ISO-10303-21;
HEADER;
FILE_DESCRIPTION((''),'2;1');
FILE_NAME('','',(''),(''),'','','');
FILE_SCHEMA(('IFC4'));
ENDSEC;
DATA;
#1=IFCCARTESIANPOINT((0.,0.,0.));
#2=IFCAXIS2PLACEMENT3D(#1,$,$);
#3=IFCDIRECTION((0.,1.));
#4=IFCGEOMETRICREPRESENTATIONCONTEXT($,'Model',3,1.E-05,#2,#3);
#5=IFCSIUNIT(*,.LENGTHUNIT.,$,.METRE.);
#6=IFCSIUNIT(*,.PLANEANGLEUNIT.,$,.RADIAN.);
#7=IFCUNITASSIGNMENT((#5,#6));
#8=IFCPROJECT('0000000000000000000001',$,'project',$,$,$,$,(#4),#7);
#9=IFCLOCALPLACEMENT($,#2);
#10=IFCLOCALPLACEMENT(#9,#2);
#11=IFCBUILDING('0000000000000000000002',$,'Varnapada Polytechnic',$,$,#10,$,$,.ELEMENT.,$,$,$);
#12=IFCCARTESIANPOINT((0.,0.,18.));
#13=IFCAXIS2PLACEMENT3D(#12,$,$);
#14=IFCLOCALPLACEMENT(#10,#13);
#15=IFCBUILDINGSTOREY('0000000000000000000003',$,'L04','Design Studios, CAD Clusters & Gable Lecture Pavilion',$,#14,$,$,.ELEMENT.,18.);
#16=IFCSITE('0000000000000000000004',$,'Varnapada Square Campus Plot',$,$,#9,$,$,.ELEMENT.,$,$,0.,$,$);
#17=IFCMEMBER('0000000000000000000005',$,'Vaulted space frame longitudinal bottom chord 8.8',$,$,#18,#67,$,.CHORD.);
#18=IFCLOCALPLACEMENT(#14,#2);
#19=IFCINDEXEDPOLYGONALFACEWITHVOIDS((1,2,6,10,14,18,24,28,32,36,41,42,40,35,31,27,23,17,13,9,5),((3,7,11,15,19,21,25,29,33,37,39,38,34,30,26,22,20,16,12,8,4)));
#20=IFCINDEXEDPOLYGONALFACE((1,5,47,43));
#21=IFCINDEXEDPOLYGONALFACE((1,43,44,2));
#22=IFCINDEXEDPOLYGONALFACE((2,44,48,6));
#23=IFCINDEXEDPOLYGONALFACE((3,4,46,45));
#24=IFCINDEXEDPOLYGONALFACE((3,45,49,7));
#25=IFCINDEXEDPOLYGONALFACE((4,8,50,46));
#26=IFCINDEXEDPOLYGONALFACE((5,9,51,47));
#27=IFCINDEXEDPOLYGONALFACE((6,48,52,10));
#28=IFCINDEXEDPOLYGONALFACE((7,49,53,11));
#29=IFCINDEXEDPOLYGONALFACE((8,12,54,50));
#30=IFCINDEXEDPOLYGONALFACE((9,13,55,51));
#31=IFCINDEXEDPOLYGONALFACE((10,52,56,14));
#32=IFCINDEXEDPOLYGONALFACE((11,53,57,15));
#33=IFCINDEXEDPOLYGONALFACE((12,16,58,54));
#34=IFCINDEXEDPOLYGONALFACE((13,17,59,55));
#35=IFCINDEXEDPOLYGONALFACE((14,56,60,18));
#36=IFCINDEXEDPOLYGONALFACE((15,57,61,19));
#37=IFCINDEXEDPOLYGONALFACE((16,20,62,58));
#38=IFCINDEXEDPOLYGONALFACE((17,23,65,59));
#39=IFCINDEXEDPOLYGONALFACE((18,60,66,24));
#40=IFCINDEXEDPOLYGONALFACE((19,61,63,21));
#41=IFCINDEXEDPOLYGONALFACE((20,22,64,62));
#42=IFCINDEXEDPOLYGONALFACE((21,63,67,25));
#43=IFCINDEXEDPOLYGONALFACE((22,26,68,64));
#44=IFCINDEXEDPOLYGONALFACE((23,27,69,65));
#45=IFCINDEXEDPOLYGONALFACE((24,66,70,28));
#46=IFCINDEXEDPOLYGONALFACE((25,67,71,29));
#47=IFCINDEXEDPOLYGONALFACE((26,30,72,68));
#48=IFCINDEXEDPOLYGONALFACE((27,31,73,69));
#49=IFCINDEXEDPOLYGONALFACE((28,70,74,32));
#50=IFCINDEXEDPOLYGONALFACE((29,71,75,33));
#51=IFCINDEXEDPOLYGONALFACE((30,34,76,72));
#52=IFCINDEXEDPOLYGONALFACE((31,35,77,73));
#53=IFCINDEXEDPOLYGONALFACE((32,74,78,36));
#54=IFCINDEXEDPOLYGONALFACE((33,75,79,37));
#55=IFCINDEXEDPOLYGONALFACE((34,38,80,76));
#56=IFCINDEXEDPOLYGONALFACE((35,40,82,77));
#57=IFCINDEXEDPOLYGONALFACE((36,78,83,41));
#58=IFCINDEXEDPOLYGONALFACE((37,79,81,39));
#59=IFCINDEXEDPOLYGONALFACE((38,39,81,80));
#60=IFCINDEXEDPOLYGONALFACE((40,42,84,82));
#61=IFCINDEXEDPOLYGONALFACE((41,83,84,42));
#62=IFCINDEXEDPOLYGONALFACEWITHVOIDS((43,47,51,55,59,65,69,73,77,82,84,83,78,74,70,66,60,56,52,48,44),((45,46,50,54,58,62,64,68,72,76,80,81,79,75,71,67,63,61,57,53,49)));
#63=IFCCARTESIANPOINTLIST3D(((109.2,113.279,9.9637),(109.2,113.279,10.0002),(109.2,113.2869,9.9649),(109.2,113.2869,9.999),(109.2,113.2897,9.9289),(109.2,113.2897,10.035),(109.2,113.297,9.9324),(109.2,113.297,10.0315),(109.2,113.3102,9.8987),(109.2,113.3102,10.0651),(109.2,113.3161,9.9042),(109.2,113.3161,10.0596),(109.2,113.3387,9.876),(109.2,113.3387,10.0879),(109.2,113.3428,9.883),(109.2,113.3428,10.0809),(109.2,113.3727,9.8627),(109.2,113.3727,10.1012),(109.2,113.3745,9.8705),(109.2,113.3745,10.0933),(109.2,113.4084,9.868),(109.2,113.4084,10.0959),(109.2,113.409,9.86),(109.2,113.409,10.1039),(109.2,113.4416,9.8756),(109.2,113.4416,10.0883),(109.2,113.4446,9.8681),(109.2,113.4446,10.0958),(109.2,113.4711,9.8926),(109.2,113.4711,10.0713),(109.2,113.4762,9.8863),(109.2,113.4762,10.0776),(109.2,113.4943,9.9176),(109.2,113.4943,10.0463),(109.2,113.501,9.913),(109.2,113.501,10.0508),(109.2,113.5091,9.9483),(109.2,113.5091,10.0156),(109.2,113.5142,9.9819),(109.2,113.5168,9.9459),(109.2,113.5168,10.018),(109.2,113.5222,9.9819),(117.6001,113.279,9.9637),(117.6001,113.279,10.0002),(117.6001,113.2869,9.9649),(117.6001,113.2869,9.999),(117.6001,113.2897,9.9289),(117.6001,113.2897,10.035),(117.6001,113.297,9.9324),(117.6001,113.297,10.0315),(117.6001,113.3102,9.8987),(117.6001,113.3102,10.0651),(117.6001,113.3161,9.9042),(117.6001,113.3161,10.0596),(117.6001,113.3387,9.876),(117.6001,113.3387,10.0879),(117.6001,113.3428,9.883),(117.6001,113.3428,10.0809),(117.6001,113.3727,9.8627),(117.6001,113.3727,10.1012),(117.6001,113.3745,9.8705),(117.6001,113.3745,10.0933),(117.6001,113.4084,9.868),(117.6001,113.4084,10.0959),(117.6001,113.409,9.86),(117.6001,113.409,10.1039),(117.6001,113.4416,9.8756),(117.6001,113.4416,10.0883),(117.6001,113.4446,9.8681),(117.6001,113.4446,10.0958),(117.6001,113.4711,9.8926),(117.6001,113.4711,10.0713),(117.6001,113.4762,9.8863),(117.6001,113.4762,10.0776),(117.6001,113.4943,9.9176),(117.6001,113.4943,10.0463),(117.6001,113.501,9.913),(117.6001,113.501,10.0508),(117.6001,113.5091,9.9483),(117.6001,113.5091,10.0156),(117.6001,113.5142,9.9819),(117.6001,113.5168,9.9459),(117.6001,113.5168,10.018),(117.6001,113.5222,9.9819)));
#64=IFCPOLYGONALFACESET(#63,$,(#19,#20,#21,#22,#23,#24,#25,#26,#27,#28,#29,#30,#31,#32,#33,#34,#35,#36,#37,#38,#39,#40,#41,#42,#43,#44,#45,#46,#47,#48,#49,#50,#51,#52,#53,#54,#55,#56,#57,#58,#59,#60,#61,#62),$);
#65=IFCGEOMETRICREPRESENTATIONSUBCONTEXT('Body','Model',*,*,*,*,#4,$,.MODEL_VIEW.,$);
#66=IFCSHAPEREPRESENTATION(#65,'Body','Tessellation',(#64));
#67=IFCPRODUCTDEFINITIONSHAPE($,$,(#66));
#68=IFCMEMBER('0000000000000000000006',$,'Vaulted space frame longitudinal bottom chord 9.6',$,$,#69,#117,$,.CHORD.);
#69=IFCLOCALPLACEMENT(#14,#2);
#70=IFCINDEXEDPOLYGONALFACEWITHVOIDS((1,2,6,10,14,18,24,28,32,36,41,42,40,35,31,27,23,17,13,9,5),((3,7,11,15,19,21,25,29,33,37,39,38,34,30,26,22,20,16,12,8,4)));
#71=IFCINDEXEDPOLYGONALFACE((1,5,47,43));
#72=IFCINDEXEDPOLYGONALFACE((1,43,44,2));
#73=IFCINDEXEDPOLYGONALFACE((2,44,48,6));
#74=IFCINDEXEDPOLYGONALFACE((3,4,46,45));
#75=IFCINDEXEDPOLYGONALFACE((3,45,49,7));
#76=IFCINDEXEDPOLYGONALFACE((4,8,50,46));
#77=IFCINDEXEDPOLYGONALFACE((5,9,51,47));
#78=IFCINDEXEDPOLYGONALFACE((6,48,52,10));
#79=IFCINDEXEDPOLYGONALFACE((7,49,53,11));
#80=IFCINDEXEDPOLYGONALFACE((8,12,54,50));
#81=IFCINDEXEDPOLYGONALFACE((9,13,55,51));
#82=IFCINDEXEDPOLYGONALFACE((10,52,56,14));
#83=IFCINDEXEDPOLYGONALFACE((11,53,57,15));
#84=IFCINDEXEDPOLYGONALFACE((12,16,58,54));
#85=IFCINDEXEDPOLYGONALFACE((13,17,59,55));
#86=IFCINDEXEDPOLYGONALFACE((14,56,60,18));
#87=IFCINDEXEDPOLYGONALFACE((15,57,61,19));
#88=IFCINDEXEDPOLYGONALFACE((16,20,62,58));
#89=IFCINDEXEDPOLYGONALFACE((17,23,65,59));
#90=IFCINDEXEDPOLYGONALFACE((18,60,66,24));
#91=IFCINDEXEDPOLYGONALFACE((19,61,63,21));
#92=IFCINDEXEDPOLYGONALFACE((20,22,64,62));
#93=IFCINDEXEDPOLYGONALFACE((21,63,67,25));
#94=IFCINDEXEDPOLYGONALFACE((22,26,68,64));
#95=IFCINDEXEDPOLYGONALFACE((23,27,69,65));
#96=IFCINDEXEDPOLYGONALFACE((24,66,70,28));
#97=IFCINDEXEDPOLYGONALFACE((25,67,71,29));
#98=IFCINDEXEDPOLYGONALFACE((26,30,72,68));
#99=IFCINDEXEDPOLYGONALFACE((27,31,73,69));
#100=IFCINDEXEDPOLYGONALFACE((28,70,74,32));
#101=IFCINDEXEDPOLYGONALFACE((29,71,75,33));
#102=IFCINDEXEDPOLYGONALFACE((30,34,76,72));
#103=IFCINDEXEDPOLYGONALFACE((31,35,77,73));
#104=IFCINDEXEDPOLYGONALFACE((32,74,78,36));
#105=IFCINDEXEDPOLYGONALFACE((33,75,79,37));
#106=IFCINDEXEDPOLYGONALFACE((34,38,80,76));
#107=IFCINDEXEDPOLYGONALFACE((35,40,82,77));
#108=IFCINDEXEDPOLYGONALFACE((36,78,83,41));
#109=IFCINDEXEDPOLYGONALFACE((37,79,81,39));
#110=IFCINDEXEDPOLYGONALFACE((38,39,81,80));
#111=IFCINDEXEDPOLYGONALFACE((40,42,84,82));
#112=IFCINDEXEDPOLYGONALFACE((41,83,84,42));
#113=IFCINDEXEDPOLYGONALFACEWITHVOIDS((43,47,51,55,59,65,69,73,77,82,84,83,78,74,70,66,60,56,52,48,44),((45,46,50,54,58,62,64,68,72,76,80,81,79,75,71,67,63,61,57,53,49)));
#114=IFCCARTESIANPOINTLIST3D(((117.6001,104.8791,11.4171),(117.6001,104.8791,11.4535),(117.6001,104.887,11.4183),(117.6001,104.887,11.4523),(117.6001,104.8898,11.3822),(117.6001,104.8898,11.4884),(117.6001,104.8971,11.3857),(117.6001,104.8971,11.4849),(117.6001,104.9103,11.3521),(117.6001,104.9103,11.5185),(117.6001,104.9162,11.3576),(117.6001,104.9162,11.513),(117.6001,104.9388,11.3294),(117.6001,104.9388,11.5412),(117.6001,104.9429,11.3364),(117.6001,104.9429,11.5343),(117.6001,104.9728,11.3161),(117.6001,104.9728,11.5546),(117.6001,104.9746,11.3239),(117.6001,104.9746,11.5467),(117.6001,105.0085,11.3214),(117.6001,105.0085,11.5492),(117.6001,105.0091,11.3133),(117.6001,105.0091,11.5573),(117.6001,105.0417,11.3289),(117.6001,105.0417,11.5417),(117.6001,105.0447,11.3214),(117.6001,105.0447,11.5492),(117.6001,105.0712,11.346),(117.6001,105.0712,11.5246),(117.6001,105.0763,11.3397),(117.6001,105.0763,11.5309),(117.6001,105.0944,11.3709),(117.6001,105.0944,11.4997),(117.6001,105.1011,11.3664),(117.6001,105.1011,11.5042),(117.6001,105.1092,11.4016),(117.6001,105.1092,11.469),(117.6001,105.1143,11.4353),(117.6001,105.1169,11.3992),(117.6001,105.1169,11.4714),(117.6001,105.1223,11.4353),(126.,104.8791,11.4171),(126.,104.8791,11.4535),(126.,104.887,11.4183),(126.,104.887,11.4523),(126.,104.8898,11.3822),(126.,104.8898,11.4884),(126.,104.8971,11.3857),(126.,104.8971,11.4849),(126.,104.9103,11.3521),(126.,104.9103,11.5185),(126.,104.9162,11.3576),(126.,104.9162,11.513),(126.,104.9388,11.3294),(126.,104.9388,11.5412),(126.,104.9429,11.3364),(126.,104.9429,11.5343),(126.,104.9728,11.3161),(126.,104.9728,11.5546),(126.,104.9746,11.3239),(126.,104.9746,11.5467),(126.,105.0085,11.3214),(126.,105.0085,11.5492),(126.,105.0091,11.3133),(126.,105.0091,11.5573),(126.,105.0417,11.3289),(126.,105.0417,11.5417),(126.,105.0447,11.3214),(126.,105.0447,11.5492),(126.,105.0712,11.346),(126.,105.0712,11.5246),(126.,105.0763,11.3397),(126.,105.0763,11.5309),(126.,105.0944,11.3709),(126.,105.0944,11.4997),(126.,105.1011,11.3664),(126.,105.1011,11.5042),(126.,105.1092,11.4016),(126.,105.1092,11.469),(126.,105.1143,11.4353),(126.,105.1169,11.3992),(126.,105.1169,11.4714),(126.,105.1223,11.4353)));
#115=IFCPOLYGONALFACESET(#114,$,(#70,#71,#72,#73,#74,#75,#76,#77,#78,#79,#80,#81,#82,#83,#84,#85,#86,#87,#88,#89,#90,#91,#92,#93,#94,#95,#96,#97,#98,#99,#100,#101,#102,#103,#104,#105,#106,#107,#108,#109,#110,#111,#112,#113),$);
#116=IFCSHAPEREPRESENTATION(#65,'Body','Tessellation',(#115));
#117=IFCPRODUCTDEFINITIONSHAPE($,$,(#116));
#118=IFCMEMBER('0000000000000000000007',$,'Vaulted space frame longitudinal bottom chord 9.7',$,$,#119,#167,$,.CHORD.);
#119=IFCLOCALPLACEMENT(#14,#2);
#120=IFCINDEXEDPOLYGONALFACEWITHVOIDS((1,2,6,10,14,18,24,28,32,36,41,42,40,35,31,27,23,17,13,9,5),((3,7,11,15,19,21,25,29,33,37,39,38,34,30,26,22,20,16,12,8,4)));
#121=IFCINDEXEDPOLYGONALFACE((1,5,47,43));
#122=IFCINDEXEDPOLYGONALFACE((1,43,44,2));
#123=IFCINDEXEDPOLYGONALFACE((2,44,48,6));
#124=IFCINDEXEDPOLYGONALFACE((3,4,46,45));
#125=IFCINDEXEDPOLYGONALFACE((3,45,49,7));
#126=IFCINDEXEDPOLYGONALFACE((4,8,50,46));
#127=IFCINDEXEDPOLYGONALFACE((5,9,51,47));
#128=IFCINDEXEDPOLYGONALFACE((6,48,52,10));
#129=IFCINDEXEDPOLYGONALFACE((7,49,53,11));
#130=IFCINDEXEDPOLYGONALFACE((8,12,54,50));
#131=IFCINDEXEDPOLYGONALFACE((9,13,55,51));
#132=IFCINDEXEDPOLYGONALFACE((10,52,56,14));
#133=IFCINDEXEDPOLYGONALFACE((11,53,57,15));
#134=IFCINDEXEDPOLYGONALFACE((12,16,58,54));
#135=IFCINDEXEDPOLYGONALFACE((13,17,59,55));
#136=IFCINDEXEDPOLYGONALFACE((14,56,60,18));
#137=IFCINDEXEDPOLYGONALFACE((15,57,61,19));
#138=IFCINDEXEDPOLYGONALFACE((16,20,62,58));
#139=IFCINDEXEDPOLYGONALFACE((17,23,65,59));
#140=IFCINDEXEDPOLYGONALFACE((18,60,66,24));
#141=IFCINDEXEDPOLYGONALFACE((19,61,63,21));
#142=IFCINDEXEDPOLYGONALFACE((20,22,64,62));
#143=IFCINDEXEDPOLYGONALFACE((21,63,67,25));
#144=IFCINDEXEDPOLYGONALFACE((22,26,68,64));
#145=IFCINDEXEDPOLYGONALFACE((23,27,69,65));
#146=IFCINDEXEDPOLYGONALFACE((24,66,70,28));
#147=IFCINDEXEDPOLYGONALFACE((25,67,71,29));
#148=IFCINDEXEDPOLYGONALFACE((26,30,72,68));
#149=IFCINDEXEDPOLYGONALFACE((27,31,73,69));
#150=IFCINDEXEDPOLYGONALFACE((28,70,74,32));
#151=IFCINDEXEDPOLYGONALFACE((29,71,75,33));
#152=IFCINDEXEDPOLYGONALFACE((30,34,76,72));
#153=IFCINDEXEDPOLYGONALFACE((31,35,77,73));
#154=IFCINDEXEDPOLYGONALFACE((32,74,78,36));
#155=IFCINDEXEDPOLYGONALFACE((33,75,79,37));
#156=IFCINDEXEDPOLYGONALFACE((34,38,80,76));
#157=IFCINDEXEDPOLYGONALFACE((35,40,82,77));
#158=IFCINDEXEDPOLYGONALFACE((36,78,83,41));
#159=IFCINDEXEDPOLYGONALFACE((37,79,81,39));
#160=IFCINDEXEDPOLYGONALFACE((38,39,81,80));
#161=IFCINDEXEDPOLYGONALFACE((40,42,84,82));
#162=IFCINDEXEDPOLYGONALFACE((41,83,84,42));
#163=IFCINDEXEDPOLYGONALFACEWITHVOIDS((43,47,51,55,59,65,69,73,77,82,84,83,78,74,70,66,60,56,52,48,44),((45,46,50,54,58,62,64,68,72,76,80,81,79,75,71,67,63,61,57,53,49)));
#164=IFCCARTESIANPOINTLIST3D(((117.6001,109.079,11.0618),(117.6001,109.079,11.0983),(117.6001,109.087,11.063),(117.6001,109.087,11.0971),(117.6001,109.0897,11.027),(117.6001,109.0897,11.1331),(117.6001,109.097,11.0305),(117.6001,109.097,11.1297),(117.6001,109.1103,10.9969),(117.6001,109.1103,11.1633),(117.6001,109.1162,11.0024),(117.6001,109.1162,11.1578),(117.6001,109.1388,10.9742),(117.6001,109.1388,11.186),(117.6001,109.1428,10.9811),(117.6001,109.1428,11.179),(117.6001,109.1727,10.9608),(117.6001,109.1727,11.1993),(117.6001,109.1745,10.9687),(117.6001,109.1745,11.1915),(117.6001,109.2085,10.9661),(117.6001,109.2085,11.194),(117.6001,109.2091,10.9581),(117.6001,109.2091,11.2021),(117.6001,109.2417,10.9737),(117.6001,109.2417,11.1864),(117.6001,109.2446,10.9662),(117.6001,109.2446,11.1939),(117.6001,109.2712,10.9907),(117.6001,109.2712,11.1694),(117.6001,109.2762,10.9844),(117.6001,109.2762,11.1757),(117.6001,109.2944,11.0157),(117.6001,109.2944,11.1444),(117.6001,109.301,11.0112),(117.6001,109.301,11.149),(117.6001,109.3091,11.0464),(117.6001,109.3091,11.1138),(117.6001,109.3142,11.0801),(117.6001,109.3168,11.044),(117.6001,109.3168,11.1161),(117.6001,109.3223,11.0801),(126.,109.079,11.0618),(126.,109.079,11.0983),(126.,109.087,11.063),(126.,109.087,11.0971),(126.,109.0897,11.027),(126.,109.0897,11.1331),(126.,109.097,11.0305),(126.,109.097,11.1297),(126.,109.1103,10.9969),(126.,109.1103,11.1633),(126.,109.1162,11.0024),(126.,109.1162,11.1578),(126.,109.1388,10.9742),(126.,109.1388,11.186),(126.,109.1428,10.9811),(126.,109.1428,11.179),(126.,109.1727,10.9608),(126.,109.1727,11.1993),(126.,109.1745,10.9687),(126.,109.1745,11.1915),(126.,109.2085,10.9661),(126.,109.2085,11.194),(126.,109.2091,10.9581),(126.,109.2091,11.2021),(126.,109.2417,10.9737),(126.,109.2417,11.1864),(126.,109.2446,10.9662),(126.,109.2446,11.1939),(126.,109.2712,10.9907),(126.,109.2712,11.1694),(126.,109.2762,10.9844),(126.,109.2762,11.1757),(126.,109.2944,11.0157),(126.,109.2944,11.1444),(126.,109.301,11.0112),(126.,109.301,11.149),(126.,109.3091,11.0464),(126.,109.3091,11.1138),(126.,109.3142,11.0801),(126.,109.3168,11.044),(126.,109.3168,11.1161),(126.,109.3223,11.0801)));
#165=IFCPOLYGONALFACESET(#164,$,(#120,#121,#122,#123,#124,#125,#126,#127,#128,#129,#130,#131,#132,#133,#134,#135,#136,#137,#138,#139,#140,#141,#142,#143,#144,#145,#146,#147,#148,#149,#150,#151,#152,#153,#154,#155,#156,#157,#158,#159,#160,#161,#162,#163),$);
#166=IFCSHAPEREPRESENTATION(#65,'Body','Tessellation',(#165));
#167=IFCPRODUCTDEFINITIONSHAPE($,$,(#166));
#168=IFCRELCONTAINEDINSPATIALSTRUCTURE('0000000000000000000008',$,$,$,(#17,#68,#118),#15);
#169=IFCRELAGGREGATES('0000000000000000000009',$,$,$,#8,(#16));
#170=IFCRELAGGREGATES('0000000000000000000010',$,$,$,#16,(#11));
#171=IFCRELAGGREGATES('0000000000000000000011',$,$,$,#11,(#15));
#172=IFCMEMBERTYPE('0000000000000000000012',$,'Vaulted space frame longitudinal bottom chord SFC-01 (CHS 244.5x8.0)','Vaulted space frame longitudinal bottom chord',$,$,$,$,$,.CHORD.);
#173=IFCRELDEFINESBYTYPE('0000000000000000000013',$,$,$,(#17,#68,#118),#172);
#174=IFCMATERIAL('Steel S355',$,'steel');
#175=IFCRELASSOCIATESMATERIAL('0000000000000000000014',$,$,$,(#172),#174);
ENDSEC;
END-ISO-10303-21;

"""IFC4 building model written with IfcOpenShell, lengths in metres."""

from ifc_helpers import new_model, si_unit, direction, frame, origin, origin_2d, place, context, subcontext, project, spatial, hollow_circle, extrude, material, material_profile, profile_set, type_object, element, save


model = new_model("IFC4")

# Units and contexts
model_context = context("Model", 3, precision=1e-05, world=origin(), true_north=direction((0.0, 1.0)))
body_context = subcontext(model_context, "Body", "Model", "MODEL_VIEW")
ifc_project = project(units=[si_unit("LENGTHUNIT", "METRE"), si_unit("PLANEANGLEUNIT", "RADIAN")], contexts=[model_context])

# Site, building, storey
site_placement = place(None, origin())
site = spatial("IfcSite", under=ifc_project, at=site_placement, Name="Varnapada Square Campus Plot", CompositionType="ELEMENT", RefElevation=0.0)
building_placement = place(site_placement, origin())
building = spatial("IfcBuilding", under=site, at=building_placement, Name="Varnapada Polytechnic", CompositionType="ELEMENT")
storey_placement = place(building_placement, frame((0.0, 0.0, 18.0)))
storey = spatial("IfcBuildingStorey", under=building, at=storey_placement, Name="L04", Description="Design Studios, CAD Clusters & Gable Lecture Pavilion", CompositionType="ELEMENT", Elevation=18.0)

# Members
ifc_material = material(Name="Steel S355", Category="steel")
ifc_material_profile_1 = material_profile(ifc_material, hollow_circle(Radius=0.1223, WallThickness=0.0081, at=origin_2d()), Name="CHS 244.5x8.0")
ifc_profile_set_1 = profile_set([ifc_material_profile_1], Name="Steel S355")
member_type_1 = type_object("IfcMemberType", Name="Vaulted space frame longitudinal bottom chord SFC-01 (CHS 244.5x8.0)", Description="Vaulted space frame longitudinal bottom chord", PredefinedType="CHORD", material=ifc_profile_set_1)
member_1_placement = place(storey_placement, frame((109.2, 113.3999, 9.9819), z_axis=(1.0, 0.0, 0.0), x_axis=(0.0, 1.0, 0.0)))
element("IfcMember", 1, at=member_1_placement, inside=storey, type_object=member_type_1, Name="Vaulted space frame longitudinal bottom chord 8.8", PredefinedType="CHORD", context=body_context, shape_type="SweptSolid", body=[
    extrude(hollow_circle(Radius=0.1223, WallThickness=0.0081, at=origin_2d()), origin(), (0.0, 0.0, 1.0), 8.4001),
])
for number, where, z_axis, x_axis, name in (
    (2, (117.6001, 105.0, 11.4353), (1.0, 0.0, 0.0), (0.0, 1.0, 0.0), "Vaulted space frame longitudinal bottom chord 9.6"),
    (3, (117.6001, 109.2, 11.0801), (1.0, 0.0, 0.0), (0.0, 1.0, 0.0), "Vaulted space frame longitudinal bottom chord 9.7"),
):
    element("IfcMember", number, at=place(storey_placement, frame(where, z_axis=z_axis, x_axis=x_axis)), inside=storey, type_object=member_type_1, Name=name, PredefinedType="CHORD", context=body_context, shape_type="SweptSolid", body=[
        extrude(hollow_circle(Radius=0.1223, WallThickness=0.0081, at=origin_2d()), origin(), (0.0, 0.0, 1.0), 8.3999),
    ])

save(model, "model.ifc")
